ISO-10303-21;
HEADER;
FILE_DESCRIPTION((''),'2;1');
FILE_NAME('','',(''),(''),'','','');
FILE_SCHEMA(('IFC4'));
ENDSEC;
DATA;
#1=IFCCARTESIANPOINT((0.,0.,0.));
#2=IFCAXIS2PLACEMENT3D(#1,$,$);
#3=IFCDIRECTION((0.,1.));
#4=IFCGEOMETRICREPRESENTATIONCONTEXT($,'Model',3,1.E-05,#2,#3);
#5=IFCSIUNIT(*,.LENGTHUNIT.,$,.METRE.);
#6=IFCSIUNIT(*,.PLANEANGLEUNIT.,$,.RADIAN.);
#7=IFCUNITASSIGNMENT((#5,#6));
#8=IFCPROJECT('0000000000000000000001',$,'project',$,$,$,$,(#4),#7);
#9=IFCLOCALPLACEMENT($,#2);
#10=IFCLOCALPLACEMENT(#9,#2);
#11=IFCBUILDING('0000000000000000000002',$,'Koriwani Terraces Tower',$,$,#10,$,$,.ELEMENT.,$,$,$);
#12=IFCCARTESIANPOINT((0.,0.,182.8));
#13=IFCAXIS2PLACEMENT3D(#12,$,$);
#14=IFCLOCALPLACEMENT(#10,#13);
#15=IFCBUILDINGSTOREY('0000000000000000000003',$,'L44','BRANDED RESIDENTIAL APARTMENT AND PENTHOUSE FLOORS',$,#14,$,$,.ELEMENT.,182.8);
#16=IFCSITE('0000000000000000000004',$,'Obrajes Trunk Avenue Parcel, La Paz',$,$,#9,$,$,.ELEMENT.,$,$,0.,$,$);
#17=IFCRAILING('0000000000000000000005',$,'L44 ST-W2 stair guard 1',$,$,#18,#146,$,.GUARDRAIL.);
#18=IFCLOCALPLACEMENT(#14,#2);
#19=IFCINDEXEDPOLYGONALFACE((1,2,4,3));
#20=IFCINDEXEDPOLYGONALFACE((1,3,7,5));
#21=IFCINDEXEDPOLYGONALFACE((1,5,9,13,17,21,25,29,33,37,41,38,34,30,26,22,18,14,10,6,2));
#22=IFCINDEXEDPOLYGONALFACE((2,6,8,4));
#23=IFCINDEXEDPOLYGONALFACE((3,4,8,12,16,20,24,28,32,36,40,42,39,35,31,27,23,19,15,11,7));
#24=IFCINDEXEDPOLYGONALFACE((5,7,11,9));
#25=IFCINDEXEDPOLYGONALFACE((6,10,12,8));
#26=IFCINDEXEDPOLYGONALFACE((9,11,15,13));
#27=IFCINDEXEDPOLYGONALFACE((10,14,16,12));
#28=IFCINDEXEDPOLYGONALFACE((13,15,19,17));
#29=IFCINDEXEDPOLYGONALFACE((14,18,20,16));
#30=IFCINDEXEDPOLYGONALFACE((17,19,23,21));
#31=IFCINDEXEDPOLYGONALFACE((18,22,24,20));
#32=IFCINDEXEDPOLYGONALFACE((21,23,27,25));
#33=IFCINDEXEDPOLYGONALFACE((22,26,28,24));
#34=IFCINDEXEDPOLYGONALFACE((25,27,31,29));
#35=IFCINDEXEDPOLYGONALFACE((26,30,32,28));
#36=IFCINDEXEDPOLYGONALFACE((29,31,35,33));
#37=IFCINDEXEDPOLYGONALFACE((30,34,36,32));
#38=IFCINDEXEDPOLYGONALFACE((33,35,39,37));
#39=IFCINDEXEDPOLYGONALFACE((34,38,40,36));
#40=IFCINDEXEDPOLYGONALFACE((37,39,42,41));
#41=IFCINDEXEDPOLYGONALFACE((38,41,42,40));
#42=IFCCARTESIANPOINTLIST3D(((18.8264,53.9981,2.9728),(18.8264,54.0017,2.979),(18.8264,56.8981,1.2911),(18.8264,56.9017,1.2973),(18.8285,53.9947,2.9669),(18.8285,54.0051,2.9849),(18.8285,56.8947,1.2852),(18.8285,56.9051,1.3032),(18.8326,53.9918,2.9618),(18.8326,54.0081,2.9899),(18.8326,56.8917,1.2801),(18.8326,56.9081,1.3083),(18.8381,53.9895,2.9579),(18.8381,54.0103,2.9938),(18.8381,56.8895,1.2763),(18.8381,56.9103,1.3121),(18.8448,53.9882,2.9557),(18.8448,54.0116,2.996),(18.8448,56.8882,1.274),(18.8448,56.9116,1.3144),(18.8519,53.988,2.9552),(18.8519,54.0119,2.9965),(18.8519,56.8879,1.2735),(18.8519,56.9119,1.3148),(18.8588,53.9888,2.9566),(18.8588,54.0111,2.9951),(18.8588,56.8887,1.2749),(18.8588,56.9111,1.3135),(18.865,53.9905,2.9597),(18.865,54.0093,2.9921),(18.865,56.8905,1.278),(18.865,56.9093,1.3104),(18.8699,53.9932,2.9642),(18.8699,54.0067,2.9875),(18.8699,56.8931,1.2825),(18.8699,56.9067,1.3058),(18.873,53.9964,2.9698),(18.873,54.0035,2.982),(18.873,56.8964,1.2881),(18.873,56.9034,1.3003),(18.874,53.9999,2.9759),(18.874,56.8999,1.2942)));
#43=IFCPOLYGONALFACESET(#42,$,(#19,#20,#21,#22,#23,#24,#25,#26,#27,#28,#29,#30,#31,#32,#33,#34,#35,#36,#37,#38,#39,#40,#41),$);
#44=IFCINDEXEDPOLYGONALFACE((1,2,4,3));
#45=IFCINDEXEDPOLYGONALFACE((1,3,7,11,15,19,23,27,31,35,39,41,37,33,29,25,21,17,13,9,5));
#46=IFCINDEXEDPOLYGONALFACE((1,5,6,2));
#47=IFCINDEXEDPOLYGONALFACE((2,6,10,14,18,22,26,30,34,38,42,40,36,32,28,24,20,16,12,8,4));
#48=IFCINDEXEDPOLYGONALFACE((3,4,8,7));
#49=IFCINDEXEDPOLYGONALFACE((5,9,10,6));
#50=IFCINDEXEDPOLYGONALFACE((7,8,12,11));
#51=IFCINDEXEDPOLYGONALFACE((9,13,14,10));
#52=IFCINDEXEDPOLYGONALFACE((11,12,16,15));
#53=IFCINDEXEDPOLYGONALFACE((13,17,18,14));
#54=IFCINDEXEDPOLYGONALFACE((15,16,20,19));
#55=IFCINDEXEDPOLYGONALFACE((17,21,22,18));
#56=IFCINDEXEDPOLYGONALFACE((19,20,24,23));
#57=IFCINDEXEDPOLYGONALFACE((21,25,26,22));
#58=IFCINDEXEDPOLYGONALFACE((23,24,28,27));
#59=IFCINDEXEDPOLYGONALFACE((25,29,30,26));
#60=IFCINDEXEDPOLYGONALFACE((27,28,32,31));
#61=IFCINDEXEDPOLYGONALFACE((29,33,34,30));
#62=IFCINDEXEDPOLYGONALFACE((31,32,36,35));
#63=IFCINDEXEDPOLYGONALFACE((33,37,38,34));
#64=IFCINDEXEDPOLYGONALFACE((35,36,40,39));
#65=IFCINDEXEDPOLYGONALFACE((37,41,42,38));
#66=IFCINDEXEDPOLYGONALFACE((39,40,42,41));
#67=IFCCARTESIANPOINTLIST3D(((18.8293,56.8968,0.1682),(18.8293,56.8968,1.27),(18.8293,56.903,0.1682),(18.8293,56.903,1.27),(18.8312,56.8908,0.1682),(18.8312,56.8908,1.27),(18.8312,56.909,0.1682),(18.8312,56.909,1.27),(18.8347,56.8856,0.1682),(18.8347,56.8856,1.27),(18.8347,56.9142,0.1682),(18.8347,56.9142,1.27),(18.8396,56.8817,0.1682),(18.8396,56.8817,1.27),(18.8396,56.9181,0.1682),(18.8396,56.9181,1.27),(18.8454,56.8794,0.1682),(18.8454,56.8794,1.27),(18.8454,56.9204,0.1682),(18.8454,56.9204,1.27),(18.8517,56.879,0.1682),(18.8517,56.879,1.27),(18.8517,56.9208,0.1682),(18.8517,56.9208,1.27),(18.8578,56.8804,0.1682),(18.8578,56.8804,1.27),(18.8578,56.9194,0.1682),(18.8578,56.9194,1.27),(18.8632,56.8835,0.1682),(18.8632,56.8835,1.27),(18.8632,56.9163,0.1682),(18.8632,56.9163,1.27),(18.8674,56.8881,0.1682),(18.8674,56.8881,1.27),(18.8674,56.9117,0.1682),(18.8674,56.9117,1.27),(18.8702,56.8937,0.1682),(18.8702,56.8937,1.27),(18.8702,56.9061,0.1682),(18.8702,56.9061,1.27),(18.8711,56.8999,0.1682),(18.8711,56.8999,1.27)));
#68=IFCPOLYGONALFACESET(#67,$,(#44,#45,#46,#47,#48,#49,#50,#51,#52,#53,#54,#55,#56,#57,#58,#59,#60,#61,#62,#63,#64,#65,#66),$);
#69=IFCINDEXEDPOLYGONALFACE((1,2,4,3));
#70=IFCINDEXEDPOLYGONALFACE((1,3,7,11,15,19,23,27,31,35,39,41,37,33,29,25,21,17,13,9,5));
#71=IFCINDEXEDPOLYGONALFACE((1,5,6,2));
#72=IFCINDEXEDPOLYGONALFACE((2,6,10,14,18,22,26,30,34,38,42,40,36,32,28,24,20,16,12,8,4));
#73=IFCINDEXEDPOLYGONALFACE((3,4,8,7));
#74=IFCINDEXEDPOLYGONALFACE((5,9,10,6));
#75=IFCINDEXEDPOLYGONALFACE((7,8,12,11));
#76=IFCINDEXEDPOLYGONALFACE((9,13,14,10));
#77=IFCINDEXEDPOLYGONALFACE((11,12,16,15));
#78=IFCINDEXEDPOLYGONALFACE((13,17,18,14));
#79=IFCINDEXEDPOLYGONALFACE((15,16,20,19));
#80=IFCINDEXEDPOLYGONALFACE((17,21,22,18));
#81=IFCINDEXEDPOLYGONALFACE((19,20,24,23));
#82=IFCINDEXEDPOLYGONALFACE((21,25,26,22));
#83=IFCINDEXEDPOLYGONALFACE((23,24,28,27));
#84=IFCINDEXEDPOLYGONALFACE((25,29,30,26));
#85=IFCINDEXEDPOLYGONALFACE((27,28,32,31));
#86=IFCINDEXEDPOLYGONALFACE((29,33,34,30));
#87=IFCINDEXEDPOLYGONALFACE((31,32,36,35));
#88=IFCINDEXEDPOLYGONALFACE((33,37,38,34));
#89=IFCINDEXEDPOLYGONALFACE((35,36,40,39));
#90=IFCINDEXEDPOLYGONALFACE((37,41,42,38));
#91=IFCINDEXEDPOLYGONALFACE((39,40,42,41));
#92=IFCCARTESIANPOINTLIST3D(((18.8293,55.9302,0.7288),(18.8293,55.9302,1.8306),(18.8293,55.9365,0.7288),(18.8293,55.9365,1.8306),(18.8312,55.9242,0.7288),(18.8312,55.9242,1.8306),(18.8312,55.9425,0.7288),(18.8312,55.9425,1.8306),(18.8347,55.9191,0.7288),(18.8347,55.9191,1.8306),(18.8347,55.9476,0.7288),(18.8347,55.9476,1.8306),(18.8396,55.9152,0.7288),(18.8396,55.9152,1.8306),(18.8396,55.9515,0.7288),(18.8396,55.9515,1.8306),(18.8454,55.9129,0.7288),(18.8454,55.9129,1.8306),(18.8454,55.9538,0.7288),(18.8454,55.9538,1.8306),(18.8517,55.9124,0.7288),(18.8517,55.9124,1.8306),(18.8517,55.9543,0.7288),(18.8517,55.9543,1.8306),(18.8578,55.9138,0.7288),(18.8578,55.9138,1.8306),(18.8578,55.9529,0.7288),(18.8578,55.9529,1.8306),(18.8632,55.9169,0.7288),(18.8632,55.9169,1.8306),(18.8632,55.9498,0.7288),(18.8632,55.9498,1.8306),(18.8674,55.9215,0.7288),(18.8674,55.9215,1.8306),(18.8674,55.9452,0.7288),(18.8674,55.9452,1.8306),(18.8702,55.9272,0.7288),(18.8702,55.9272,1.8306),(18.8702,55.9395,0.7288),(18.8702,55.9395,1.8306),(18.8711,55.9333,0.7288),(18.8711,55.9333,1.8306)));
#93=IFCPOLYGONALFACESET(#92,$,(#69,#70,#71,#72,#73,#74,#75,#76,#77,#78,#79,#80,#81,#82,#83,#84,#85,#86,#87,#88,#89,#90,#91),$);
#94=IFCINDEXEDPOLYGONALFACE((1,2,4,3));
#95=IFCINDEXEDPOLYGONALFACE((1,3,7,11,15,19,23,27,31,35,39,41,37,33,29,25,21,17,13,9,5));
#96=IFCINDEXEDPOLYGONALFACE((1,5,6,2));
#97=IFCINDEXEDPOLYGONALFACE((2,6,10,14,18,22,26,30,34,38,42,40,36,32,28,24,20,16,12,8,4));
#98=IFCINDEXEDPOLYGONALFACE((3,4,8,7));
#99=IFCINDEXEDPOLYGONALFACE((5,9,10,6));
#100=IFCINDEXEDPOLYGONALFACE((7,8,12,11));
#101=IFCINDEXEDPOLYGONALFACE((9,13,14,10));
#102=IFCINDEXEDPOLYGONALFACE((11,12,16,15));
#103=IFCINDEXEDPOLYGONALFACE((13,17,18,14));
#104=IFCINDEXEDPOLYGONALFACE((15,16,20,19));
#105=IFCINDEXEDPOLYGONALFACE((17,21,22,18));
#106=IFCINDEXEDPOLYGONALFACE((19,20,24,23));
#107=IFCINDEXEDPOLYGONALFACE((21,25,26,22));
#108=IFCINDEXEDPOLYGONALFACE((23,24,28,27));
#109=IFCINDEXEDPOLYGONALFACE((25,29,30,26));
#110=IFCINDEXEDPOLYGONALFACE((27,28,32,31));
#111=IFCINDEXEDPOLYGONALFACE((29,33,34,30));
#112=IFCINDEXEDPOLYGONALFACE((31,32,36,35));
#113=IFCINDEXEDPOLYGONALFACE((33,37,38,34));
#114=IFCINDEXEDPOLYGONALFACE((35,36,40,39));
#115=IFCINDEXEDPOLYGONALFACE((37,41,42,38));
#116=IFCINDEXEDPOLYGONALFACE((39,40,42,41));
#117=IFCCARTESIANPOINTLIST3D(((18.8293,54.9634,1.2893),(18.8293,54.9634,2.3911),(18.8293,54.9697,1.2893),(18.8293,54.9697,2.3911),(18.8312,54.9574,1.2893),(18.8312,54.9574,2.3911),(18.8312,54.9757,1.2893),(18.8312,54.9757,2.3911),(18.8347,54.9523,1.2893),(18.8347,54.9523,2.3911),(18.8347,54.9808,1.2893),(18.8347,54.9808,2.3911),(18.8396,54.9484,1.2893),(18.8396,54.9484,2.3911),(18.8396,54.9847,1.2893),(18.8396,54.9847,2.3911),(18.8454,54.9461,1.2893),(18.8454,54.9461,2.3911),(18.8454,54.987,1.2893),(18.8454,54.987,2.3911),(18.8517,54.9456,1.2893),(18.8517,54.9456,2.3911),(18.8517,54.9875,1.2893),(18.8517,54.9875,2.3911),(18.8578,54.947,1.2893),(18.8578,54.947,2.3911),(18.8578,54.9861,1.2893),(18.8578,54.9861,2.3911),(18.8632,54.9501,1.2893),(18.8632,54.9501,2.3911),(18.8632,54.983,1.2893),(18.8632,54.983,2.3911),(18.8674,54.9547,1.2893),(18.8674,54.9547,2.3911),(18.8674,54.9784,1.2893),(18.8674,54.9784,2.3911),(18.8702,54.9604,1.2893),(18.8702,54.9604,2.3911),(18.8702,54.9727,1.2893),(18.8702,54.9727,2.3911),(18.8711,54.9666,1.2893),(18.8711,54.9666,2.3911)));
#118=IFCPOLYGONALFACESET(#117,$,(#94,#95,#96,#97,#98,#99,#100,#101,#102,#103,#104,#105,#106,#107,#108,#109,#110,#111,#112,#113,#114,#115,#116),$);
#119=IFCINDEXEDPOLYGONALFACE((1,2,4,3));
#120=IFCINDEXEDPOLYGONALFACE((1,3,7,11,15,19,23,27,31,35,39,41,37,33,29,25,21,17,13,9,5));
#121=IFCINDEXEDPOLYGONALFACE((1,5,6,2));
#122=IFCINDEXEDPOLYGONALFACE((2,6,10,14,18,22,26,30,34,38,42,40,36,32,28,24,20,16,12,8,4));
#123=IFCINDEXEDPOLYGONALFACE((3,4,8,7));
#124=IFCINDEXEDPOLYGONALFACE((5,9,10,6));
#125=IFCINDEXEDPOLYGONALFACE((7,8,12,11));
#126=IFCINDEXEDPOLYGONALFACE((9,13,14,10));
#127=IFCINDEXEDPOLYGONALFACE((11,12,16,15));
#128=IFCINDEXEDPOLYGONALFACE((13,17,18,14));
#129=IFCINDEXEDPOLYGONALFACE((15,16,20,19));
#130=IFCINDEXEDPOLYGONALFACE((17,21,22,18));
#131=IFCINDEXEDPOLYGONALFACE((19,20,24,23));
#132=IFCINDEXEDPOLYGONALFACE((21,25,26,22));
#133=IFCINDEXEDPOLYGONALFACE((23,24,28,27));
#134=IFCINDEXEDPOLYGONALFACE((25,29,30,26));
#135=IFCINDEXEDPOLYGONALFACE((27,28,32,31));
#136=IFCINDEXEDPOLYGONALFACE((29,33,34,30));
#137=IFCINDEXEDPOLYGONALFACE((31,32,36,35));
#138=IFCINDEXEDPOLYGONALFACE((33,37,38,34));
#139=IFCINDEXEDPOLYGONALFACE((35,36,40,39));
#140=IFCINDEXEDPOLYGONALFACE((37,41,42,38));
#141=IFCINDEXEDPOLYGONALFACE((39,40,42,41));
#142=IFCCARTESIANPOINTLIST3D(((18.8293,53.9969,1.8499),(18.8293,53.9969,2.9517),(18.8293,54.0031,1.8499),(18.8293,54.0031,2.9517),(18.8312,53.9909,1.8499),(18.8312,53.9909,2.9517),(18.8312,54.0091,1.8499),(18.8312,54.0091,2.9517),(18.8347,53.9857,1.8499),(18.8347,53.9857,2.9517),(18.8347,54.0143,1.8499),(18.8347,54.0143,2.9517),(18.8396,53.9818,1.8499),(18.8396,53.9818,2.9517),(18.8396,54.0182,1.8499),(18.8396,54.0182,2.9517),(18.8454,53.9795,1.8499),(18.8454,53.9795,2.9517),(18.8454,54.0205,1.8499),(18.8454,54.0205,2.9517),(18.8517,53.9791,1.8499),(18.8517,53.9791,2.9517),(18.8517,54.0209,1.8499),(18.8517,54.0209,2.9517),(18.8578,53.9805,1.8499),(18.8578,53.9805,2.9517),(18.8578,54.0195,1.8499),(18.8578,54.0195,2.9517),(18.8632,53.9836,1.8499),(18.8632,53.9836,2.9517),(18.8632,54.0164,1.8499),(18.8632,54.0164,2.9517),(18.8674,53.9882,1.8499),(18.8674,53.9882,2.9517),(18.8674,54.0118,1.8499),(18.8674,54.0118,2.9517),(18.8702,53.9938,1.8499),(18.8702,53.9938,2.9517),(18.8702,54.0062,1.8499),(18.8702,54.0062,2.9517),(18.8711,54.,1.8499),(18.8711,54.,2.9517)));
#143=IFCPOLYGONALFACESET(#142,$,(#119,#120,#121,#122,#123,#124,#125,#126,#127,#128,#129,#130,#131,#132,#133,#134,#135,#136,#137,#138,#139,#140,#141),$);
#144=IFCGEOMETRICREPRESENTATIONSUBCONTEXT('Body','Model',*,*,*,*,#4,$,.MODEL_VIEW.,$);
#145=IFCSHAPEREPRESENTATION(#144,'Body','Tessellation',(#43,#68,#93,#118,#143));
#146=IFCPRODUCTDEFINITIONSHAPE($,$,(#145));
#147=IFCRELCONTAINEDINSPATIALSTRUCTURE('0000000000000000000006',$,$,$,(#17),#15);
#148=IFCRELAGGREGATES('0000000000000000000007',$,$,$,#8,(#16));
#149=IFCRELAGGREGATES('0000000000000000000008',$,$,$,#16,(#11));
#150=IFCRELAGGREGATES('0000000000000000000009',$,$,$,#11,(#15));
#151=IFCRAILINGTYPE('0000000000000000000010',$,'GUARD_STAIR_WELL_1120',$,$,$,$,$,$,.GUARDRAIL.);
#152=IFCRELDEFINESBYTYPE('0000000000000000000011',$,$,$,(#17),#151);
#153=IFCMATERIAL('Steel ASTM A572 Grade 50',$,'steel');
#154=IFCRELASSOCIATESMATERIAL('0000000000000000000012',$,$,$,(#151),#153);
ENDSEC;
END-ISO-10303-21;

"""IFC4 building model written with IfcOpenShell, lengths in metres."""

from ifc_helpers import new_model, si_unit, direction, frame, origin, origin_2d, place, context, subcontext, project, spatial, circle, extrude, material, type_object, element, save


model = new_model("IFC4")

# Units and contexts
model_context = context("Model", 3, precision=1e-05, world=origin(), true_north=direction((0.0, 1.0)))
body_context = subcontext(model_context, "Body", "Model", "MODEL_VIEW")
ifc_project = project(units=[si_unit("LENGTHUNIT", "METRE"), si_unit("PLANEANGLEUNIT", "RADIAN")], contexts=[model_context])

# Site, building, storey
site_placement = place(None, origin())
site = spatial("IfcSite", under=ifc_project, at=site_placement, Name="Obrajes Trunk Avenue Parcel, La Paz", CompositionType="ELEMENT", RefElevation=0.0)
building_placement = place(site_placement, origin())
building = spatial("IfcBuilding", under=site, at=building_placement, Name="Koriwani Terraces Tower", CompositionType="ELEMENT")
storey_placement = place(building_placement, frame((0.0, 0.0, 182.8)))
storey = spatial("IfcBuildingStorey", under=building, at=storey_placement, Name="L44", Description="BRANDED RESIDENTIAL APARTMENT AND PENTHOUSE FLOORS", CompositionType="ELEMENT", Elevation=182.8)

# Shared definitions
ifc_material_1 = material(Name="Steel ASTM A572 Grade 50", Category="steel")

# Railing
railing_type_1 = type_object("IfcRailingType", Name="GUARD_STAIR_WELL_1120", PredefinedType="GUARDRAIL", material=ifc_material_1)
railing_1_placement = place(storey_placement, frame((18.8501, 56.8999, 0.1682)))
element("IfcRailing", 1, at=railing_1_placement, inside=storey, type_object=railing_type_1, Name="L44 ST-W2 stair guard 1", PredefinedType="GUARDRAIL", context=body_context, shape_type="SweptSolid", body=[
    extrude(circle(Radius=0.0239, at=origin_2d()), frame((0.0, 0.0, 1.126), z_axis=(0.0, -0.86507, 0.501651), x_axis=(1.0, 0.0, 0.0)), (0.0, 0.0, 1.0), 3.3523),
    extrude(circle(Radius=0.021, at=origin_2d()), origin(), (0.0, 0.0, 1.0), 1.1018),
    extrude(circle(Radius=0.021, at=origin_2d()), frame((0.0, -0.9666, 0.5605)), (0.0, 0.0, 1.0), 1.1018),
    extrude(circle(Radius=0.021, at=origin_2d()), frame((0.0, -1.9333, 1.1211)), (0.0, 0.0, 1.0), 1.1018),
    extrude(circle(Radius=0.021, at=origin_2d()), frame((0.0, -2.8999, 1.6816)), (0.0, 0.0, 1.0), 1.1018),
])

save(model, "model.ifc")
